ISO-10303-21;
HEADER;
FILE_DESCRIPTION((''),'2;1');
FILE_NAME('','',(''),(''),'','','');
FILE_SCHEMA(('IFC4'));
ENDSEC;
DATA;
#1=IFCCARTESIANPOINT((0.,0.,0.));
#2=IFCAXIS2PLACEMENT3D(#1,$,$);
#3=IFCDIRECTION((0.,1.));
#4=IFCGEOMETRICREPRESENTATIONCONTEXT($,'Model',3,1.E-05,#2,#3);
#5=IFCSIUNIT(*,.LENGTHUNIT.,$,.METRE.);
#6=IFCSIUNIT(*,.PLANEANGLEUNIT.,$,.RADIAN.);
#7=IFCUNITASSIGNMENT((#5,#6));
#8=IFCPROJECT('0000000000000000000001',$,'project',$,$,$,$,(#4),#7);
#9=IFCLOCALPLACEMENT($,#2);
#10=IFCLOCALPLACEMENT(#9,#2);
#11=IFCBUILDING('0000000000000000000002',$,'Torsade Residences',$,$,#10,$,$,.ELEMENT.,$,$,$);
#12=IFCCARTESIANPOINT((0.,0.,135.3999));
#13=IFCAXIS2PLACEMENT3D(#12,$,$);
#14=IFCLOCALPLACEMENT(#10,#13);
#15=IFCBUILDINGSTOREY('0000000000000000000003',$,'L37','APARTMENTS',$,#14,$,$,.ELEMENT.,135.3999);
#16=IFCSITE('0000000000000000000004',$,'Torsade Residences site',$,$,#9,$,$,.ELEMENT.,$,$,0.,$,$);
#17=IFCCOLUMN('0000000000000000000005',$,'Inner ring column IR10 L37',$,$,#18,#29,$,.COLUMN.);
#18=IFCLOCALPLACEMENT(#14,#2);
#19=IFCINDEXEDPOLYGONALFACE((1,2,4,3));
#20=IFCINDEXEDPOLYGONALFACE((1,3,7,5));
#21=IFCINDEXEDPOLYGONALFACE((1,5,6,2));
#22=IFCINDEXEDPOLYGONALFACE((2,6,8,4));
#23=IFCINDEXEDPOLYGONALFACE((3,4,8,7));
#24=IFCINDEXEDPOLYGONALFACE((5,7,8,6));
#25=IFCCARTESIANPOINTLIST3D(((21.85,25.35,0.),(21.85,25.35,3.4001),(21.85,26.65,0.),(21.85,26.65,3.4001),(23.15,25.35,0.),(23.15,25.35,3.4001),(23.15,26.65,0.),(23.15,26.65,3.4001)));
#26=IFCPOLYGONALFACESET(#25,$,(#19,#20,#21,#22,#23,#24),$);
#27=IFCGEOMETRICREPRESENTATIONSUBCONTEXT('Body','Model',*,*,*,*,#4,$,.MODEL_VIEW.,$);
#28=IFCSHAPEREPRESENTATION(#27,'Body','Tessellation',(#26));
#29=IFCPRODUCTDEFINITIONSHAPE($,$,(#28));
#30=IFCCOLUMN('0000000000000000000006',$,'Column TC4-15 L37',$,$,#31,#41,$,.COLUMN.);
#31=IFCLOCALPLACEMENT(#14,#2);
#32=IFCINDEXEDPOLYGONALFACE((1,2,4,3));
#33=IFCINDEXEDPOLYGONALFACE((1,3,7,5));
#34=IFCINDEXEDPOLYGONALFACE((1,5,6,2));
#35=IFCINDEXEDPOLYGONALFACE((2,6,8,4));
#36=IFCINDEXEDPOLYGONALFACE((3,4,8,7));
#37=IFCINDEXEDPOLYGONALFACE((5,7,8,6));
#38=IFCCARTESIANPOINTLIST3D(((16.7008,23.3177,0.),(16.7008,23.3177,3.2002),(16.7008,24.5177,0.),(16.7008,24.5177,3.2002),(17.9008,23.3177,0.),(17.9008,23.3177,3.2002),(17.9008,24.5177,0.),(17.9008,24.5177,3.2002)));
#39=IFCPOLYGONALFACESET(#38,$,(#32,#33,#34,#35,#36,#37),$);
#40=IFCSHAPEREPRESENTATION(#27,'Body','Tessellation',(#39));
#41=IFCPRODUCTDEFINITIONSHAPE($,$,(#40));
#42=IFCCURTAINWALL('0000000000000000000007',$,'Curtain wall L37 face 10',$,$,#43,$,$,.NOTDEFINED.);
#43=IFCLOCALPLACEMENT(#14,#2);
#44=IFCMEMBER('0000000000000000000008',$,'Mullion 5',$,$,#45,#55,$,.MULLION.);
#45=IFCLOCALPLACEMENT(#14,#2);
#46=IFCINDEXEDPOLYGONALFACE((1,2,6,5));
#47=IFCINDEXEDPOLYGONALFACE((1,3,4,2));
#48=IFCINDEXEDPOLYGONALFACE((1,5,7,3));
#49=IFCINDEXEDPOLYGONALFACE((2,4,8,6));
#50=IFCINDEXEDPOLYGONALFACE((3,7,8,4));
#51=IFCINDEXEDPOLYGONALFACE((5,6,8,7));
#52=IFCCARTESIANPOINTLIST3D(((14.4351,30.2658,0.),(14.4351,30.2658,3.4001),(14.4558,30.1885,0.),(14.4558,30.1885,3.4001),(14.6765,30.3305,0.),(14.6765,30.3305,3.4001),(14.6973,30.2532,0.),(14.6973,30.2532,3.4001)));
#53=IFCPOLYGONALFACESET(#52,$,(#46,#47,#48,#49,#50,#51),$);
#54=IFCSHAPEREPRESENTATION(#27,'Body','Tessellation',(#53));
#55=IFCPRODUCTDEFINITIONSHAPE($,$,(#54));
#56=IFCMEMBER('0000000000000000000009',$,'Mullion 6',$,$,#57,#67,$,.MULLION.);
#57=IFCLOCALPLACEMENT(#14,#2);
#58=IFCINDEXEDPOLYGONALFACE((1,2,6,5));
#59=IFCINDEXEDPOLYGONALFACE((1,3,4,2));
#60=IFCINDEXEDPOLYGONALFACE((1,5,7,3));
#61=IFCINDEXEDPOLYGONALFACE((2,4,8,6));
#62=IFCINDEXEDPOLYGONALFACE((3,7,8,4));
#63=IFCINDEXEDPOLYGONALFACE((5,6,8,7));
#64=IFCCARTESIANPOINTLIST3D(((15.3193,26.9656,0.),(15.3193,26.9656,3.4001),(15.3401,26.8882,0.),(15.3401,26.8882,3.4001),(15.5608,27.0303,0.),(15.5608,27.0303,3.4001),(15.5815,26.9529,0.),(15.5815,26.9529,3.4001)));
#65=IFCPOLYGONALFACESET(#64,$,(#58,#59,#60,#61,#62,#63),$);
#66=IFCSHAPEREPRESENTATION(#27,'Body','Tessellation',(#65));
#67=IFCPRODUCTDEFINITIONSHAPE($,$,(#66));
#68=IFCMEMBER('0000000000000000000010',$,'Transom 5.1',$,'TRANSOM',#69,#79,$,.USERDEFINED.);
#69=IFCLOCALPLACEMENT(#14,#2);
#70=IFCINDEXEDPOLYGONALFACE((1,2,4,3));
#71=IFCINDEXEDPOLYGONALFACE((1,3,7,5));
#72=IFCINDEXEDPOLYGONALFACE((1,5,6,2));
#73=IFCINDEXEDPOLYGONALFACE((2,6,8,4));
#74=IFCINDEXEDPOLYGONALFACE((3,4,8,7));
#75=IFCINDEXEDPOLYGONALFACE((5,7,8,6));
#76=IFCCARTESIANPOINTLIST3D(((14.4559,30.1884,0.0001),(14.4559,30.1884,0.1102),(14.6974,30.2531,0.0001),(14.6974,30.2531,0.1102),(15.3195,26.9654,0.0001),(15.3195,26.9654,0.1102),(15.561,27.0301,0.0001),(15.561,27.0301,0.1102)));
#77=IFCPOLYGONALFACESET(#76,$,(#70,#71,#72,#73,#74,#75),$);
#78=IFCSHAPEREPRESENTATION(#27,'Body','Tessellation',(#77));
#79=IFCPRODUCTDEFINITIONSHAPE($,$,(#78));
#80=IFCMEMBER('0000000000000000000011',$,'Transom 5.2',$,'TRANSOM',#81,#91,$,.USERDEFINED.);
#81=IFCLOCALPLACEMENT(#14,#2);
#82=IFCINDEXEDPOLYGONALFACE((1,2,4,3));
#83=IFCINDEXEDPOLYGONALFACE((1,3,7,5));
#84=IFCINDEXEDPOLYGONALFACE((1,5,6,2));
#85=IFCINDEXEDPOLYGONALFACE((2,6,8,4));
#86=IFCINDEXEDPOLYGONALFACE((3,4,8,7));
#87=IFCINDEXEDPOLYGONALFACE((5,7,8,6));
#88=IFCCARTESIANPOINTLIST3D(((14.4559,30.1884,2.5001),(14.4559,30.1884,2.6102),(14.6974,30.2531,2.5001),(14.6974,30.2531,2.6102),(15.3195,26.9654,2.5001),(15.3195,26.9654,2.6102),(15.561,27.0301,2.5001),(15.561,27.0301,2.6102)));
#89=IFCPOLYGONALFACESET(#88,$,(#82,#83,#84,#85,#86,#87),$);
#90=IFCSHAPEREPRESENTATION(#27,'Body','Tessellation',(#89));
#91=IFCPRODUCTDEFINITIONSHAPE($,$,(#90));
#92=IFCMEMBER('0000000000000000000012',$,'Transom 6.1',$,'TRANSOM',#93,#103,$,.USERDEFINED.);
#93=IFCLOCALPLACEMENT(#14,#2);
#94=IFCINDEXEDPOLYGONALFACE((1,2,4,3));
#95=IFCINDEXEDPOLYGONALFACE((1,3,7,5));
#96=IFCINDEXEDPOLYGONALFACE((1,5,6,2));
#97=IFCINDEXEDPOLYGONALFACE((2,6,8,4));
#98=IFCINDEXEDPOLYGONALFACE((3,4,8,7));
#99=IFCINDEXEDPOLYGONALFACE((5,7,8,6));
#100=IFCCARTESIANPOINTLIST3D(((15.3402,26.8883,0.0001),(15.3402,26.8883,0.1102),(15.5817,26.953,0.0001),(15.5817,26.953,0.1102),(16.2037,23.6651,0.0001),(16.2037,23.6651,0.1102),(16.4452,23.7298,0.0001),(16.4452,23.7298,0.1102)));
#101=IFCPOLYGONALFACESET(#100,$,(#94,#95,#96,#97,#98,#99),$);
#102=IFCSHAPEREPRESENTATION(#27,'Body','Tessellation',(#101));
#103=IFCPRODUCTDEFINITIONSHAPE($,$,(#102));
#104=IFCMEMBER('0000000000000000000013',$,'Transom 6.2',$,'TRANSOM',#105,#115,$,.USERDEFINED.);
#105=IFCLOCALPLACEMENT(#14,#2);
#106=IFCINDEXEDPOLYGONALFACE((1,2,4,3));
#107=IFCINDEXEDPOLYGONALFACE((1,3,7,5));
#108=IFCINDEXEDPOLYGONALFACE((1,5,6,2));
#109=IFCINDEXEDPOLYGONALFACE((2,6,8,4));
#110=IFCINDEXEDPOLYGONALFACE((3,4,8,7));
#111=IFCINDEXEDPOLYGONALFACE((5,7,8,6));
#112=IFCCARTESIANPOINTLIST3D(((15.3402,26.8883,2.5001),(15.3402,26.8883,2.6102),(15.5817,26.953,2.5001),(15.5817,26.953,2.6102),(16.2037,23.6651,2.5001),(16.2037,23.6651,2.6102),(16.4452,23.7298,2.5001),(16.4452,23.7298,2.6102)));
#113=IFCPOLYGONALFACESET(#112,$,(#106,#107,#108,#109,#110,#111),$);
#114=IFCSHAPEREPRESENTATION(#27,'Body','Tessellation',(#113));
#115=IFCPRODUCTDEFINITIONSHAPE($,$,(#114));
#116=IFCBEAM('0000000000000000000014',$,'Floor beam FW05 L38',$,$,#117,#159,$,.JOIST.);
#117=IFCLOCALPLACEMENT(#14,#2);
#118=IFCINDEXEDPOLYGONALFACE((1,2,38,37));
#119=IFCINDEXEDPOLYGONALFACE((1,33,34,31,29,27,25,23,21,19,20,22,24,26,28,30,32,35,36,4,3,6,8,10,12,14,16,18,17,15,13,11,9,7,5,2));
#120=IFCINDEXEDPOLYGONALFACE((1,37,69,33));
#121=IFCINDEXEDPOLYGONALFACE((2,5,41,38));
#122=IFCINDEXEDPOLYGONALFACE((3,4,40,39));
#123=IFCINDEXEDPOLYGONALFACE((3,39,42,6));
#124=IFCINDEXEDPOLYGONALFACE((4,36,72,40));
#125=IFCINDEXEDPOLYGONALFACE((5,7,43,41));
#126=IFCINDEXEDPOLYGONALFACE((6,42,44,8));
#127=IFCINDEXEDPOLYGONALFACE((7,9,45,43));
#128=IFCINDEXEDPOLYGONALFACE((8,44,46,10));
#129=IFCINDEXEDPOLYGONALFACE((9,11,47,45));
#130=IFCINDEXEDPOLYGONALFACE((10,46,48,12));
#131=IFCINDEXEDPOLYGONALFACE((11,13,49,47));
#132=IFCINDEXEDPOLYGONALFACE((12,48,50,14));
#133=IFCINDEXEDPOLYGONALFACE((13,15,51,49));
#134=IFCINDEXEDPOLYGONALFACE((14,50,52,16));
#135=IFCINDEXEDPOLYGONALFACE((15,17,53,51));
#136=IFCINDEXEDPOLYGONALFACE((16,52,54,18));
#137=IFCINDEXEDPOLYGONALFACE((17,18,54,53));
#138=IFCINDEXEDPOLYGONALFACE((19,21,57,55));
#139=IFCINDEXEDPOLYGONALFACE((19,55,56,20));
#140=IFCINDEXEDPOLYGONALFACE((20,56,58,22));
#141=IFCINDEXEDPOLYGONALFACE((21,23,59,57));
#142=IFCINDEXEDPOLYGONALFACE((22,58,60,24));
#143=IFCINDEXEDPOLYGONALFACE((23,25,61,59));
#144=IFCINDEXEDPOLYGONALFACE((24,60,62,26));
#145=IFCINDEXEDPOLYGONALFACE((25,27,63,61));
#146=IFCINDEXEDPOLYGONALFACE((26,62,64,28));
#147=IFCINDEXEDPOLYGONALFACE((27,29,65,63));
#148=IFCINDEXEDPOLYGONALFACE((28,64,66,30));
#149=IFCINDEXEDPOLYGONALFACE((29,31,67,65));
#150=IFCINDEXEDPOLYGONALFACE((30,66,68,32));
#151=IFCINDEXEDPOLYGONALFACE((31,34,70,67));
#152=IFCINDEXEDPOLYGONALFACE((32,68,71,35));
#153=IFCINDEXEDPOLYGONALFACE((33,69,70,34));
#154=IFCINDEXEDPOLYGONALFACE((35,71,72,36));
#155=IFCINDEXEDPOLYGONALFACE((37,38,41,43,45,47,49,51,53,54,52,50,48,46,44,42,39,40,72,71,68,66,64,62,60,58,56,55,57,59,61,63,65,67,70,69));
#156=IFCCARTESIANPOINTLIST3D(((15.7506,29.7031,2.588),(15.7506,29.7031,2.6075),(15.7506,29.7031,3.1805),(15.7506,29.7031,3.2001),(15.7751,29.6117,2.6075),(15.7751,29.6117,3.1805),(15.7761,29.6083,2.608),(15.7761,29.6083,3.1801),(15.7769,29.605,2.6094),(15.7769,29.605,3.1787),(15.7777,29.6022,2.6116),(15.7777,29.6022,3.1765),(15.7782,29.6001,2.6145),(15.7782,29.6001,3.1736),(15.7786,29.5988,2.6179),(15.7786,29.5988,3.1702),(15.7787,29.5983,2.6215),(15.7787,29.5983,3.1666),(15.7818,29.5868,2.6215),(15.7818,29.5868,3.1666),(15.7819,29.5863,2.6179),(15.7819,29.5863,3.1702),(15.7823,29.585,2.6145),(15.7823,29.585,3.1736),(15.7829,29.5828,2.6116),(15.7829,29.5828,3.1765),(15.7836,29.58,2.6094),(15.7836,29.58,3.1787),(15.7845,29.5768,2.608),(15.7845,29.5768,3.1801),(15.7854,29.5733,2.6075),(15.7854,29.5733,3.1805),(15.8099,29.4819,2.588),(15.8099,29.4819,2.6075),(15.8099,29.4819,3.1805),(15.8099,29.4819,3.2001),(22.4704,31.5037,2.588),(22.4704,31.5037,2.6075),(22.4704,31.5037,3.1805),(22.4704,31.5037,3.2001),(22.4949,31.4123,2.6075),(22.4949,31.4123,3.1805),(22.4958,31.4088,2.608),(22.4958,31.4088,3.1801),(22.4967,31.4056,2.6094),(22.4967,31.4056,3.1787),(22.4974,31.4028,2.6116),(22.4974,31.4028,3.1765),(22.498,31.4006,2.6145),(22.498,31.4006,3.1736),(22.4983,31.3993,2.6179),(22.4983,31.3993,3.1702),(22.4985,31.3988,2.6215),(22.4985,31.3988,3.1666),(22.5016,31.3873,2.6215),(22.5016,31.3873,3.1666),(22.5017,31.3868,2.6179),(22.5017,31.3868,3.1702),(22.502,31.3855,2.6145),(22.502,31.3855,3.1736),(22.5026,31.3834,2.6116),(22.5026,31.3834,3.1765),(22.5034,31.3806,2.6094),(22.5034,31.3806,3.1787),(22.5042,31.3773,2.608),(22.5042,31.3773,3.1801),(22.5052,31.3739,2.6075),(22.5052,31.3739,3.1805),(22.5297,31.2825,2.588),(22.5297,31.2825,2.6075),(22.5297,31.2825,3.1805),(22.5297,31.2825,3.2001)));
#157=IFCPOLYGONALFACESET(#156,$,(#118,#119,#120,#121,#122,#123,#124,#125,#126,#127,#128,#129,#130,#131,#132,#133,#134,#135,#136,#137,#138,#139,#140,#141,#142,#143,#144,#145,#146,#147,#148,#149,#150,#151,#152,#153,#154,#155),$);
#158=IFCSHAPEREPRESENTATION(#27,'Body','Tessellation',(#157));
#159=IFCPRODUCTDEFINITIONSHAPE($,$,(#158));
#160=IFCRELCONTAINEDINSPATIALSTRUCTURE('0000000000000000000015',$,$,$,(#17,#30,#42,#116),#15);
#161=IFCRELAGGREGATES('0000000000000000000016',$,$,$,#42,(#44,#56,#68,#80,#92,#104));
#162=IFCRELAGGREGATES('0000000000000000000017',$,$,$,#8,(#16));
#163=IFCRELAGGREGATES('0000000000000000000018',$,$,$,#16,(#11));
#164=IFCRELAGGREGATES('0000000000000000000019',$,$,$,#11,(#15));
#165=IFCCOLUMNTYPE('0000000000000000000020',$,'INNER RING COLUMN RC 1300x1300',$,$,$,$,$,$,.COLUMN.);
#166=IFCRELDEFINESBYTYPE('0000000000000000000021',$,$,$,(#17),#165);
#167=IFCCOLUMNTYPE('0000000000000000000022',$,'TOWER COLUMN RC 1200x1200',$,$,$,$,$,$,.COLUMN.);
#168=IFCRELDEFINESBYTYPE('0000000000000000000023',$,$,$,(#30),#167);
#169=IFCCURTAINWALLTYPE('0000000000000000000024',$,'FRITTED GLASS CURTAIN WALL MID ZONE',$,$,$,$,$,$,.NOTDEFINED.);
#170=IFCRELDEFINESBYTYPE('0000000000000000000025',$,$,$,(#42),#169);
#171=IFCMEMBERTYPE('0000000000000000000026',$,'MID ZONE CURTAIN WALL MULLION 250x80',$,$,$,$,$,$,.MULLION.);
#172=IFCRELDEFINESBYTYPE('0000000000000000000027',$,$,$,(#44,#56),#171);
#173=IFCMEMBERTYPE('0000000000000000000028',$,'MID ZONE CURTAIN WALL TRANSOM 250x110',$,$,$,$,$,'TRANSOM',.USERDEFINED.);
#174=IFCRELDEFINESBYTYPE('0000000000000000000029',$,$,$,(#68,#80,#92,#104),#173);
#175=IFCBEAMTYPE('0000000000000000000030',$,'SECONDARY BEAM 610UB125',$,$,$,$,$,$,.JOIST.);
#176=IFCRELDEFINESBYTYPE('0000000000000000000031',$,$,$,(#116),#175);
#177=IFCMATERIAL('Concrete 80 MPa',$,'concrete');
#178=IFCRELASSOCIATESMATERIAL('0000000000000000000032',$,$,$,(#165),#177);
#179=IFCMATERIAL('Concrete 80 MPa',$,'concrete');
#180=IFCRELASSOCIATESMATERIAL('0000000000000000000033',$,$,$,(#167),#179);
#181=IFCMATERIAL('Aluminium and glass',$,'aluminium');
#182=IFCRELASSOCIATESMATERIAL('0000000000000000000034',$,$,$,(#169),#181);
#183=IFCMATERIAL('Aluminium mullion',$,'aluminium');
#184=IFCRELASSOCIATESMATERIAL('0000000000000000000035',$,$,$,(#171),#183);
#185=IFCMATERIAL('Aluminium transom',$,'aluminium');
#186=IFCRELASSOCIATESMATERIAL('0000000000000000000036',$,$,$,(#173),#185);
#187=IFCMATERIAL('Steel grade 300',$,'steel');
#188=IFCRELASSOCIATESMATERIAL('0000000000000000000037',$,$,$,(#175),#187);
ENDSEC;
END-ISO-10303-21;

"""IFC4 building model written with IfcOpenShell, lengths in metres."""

from ifc_helpers import new_model, si_unit, direction, frame, origin, origin_2d, place, context, subcontext, project, spatial, rectangle, i_section, extrude, material, material_profile, profile_set, type_object, element, aggregate, save


model = new_model("IFC4")

# Units and contexts
model_context = context("Model", 3, precision=1e-05, world=origin(), true_north=direction((0.0, 1.0)))
body_context = subcontext(model_context, "Body", "Model", "MODEL_VIEW")
ifc_project = project(units=[si_unit("LENGTHUNIT", "METRE"), si_unit("PLANEANGLEUNIT", "RADIAN")], contexts=[model_context])

# Site, building, storey
site_placement = place(None, origin())
site = spatial("IfcSite", under=ifc_project, at=site_placement, Name="Torsade Residences site", CompositionType="ELEMENT", RefElevation=0.0)
building_placement = place(site_placement, origin())
building = spatial("IfcBuilding", under=site, at=building_placement, Name="Torsade Residences", CompositionType="ELEMENT")
storey_placement = place(building_placement, frame((0.0, 0.0, 135.3999)))
storey = spatial("IfcBuildingStorey", under=building, at=storey_placement, Name="L37", Description="APARTMENTS", CompositionType="ELEMENT", Elevation=135.3999)

# Columns
ifc_material_1 = material(Name="Concrete 80 MPa", Category="concrete")
ifc_material_profile_1 = material_profile(ifc_material_1, rectangle(XDim=1.3, YDim=1.3, at=origin_2d()), Name="RC 1300x1300")
ifc_profile_set_1 = profile_set([ifc_material_profile_1], Name="Concrete 80 MPa")
column_type_1 = type_object("IfcColumnType", Name="INNER RING COLUMN RC 1300x1300", PredefinedType="COLUMN", material=ifc_profile_set_1)
column_1_placement = place(storey_placement, frame((22.5, 26.0, 0.0), z_axis=(0.0, 0.0, 1.0), x_axis=(1.0, 0.0, 0.0)))
element("IfcColumn", 1, at=column_1_placement, inside=storey, type_object=column_type_1, Name="Inner ring column IR10 L37", PredefinedType="COLUMN", context=body_context, shape_type="SweptSolid", body=[
    extrude(rectangle(XDim=1.3, YDim=1.3, at=origin_2d()), origin(), (0.0, 0.0, 1.0), 3.4001),
])
ifc_material_2 = material(Name="Concrete 80 MPa", Category="concrete")
ifc_material_profile_2 = material_profile(ifc_material_2, rectangle(XDim=1.2, YDim=1.2, at=origin_2d()), Name="RC 1200x1200")
ifc_profile_set_2 = profile_set([ifc_material_profile_2], Name="Concrete 80 MPa")
column_type_2 = type_object("IfcColumnType", Name="TOWER COLUMN RC 1200x1200", PredefinedType="COLUMN", material=ifc_profile_set_2)
column_2_placement = place(storey_placement, frame((17.3008, 23.9177, 0.0), z_axis=(0.0, 0.0, 1.0), x_axis=(1.0, 0.0, 0.0)))
element("IfcColumn", 2, at=column_2_placement, inside=storey, type_object=column_type_2, Name="Column TC4-15 L37", PredefinedType="COLUMN", context=body_context, shape_type="SweptSolid", body=[
    extrude(rectangle(XDim=1.2, YDim=1.2, at=origin_2d()), origin(), (0.0, 0.0, 1.0), 3.2002),
])

# Curtain wall, members
ifc_material_3 = material(Name="Aluminium and glass", Category="aluminium")
curtain_wall_type = type_object("IfcCurtainWallType", Name="FRITTED GLASS CURTAIN WALL MID ZONE", PredefinedType="NOTDEFINED", material=ifc_material_3)
curtain_wall_placement = place(storey_placement, origin())
curtain_wall = element("IfcCurtainWall", 3, at=curtain_wall_placement, inside=storey, type_object=curtain_wall_type, Name="Curtain wall L37 face 10", PredefinedType="NOTDEFINED")
ifc_material_4 = material(Name="Aluminium mullion", Category="aluminium")
ifc_material_profile_3 = material_profile(ifc_material_4, rectangle(XDim=0.25, YDim=0.0801, at=origin_2d()), Name="MID ZONE CURTAIN WALL MULLION 250x80")
ifc_profile_set_3 = profile_set([ifc_material_profile_3], Name="Aluminium mullion")
member_type_1 = type_object("IfcMemberType", Name="MID ZONE CURTAIN WALL MULLION 250x80", PredefinedType="MULLION", material=ifc_profile_set_3)
member_1_placement = place(storey_placement, frame((14.5662, 30.2595, 0.0), z_axis=(0.0, 0.0, 1.0), x_axis=(0.965926, 0.258819, 0.0)))
member_1 = element("IfcMember", 4, at=member_1_placement, type_object=member_type_1, Name="Mullion 5", PredefinedType="MULLION", context=body_context, shape_type="SweptSolid", body=[
    extrude(rectangle(XDim=0.25, YDim=0.0801, at=origin_2d()), origin(), (0.0, 0.0, 1.0), 3.4001),
])
member_2_placement = place(storey_placement, frame((15.4504, 26.9592, 0.0), z_axis=(0.0, 0.0, 1.0), x_axis=(0.965926, 0.258819, 0.0)))
member_2 = element("IfcMember", 5, at=member_2_placement, type_object=member_type_1, Name="Mullion 6", PredefinedType="MULLION", context=body_context, shape_type="SweptSolid", body=[
    extrude(rectangle(XDim=0.25, YDim=0.0801, at=origin_2d()), origin(), (0.0, 0.0, 1.0), 3.4001),
])
ifc_material_5 = material(Name="Aluminium transom", Category="aluminium")
ifc_material_profile_4 = material_profile(ifc_material_5, rectangle(XDim=0.25, YDim=0.1101, at=origin_2d()), Name="MID ZONE CURTAIN WALL TRANSOM 250x110")
ifc_profile_set_4 = profile_set([ifc_material_profile_4], Name="Aluminium transom")
member_type_2 = type_object("IfcMemberType", Name="MID ZONE CURTAIN WALL TRANSOM 250x110", ElementType="TRANSOM", PredefinedType="USERDEFINED", material=ifc_profile_set_4)
member_3_placement = place(storey_placement, frame((14.5767, 30.2207, 0.0552), z_axis=(0.258806, -0.965929, 0.0), x_axis=(0.965929, 0.258806, 0.0)))
member_3 = element("IfcMember", 6, at=member_3_placement, type_object=member_type_2, Name="Transom 5.1", ObjectType="TRANSOM", PredefinedType="USERDEFINED", context=body_context, shape_type="SweptSolid", body=[
    extrude(rectangle(XDim=0.25, YDim=0.1101, at=origin_2d()), origin(), (0.0, 0.0, 1.0), 3.3367),
])
member_4_placement = place(storey_placement, frame((14.5767, 30.2207, 2.5552), z_axis=(0.258806, -0.965929, 0.0), x_axis=(0.965929, 0.258806, 0.0)))
member_4 = element("IfcMember", 7, at=member_4_placement, type_object=member_type_2, Name="Transom 5.2", ObjectType="TRANSOM", PredefinedType="USERDEFINED", context=body_context, shape_type="SweptSolid", body=[
    extrude(rectangle(XDim=0.25, YDim=0.1101, at=origin_2d()), origin(), (0.0, 0.0, 1.0), 3.3367),
])
member_5_placement = place(storey_placement, frame((15.4609, 26.9207, 0.0552), z_axis=(0.258787, -0.965934, 0.0), x_axis=(0.965934, 0.258787, 0.0)))
member_5 = element("IfcMember", 8, at=member_5_placement, type_object=member_type_2, Name="Transom 6.1", ObjectType="TRANSOM", PredefinedType="USERDEFINED", context=body_context, shape_type="SweptSolid", body=[
    extrude(rectangle(XDim=0.25, YDim=0.1101, at=origin_2d()), origin(), (0.0, 0.0, 1.0), 3.3369),
])
member_6_placement = place(storey_placement, frame((15.4609, 26.9207, 2.5552), z_axis=(0.258787, -0.965934, 0.0), x_axis=(0.965934, 0.258787, 0.0)))
member_6 = element("IfcMember", 9, at=member_6_placement, type_object=member_type_2, Name="Transom 6.2", ObjectType="TRANSOM", PredefinedType="USERDEFINED", context=body_context, shape_type="SweptSolid", body=[
    extrude(rectangle(XDim=0.25, YDim=0.1101, at=origin_2d()), origin(), (0.0, 0.0, 1.0), 3.3369),
])

# Beam
ifc_material_6 = material(Name="Steel grade 300", Category="steel")
ifc_material_profile_5 = material_profile(ifc_material_6, i_section(OverallWidth=0.229, OverallDepth=0.6121, WebThickness=0.012, FlangeThickness=0.0195, FilletRadius=0.0139, at=origin_2d()), Name="610UB125")
ifc_profile_set_5 = profile_set([ifc_material_profile_5], Name="Steel grade 300")
beam_type_1 = type_object("IfcBeamType", Name="SECONDARY BEAM 610UB125", PredefinedType="JOIST", material=ifc_profile_set_5)
beam_1_placement = place(storey_placement, frame((15.7803, 29.5925, 2.894), z_axis=(0.965926, 0.258818, 0.0), x_axis=(-0.258818, 0.965926, 0.0)))
element("IfcBeam", 10, at=beam_1_placement, inside=storey, type_object=beam_type_1, Name="Floor beam FW05 L38", PredefinedType="JOIST", context=body_context, shape_type="SweptSolid", body=[
    extrude(i_section(OverallWidth=0.229, OverallDepth=0.6121, WebThickness=0.012, FlangeThickness=0.0195, FilletRadius=0.0139, at=origin_2d()), origin(), (0.0, 0.0, 1.0), 6.9568),
])

aggregate(curtain_wall, [member_1, member_2, member_3, member_4, member_5, member_6])

save(model, "model.ifc")
